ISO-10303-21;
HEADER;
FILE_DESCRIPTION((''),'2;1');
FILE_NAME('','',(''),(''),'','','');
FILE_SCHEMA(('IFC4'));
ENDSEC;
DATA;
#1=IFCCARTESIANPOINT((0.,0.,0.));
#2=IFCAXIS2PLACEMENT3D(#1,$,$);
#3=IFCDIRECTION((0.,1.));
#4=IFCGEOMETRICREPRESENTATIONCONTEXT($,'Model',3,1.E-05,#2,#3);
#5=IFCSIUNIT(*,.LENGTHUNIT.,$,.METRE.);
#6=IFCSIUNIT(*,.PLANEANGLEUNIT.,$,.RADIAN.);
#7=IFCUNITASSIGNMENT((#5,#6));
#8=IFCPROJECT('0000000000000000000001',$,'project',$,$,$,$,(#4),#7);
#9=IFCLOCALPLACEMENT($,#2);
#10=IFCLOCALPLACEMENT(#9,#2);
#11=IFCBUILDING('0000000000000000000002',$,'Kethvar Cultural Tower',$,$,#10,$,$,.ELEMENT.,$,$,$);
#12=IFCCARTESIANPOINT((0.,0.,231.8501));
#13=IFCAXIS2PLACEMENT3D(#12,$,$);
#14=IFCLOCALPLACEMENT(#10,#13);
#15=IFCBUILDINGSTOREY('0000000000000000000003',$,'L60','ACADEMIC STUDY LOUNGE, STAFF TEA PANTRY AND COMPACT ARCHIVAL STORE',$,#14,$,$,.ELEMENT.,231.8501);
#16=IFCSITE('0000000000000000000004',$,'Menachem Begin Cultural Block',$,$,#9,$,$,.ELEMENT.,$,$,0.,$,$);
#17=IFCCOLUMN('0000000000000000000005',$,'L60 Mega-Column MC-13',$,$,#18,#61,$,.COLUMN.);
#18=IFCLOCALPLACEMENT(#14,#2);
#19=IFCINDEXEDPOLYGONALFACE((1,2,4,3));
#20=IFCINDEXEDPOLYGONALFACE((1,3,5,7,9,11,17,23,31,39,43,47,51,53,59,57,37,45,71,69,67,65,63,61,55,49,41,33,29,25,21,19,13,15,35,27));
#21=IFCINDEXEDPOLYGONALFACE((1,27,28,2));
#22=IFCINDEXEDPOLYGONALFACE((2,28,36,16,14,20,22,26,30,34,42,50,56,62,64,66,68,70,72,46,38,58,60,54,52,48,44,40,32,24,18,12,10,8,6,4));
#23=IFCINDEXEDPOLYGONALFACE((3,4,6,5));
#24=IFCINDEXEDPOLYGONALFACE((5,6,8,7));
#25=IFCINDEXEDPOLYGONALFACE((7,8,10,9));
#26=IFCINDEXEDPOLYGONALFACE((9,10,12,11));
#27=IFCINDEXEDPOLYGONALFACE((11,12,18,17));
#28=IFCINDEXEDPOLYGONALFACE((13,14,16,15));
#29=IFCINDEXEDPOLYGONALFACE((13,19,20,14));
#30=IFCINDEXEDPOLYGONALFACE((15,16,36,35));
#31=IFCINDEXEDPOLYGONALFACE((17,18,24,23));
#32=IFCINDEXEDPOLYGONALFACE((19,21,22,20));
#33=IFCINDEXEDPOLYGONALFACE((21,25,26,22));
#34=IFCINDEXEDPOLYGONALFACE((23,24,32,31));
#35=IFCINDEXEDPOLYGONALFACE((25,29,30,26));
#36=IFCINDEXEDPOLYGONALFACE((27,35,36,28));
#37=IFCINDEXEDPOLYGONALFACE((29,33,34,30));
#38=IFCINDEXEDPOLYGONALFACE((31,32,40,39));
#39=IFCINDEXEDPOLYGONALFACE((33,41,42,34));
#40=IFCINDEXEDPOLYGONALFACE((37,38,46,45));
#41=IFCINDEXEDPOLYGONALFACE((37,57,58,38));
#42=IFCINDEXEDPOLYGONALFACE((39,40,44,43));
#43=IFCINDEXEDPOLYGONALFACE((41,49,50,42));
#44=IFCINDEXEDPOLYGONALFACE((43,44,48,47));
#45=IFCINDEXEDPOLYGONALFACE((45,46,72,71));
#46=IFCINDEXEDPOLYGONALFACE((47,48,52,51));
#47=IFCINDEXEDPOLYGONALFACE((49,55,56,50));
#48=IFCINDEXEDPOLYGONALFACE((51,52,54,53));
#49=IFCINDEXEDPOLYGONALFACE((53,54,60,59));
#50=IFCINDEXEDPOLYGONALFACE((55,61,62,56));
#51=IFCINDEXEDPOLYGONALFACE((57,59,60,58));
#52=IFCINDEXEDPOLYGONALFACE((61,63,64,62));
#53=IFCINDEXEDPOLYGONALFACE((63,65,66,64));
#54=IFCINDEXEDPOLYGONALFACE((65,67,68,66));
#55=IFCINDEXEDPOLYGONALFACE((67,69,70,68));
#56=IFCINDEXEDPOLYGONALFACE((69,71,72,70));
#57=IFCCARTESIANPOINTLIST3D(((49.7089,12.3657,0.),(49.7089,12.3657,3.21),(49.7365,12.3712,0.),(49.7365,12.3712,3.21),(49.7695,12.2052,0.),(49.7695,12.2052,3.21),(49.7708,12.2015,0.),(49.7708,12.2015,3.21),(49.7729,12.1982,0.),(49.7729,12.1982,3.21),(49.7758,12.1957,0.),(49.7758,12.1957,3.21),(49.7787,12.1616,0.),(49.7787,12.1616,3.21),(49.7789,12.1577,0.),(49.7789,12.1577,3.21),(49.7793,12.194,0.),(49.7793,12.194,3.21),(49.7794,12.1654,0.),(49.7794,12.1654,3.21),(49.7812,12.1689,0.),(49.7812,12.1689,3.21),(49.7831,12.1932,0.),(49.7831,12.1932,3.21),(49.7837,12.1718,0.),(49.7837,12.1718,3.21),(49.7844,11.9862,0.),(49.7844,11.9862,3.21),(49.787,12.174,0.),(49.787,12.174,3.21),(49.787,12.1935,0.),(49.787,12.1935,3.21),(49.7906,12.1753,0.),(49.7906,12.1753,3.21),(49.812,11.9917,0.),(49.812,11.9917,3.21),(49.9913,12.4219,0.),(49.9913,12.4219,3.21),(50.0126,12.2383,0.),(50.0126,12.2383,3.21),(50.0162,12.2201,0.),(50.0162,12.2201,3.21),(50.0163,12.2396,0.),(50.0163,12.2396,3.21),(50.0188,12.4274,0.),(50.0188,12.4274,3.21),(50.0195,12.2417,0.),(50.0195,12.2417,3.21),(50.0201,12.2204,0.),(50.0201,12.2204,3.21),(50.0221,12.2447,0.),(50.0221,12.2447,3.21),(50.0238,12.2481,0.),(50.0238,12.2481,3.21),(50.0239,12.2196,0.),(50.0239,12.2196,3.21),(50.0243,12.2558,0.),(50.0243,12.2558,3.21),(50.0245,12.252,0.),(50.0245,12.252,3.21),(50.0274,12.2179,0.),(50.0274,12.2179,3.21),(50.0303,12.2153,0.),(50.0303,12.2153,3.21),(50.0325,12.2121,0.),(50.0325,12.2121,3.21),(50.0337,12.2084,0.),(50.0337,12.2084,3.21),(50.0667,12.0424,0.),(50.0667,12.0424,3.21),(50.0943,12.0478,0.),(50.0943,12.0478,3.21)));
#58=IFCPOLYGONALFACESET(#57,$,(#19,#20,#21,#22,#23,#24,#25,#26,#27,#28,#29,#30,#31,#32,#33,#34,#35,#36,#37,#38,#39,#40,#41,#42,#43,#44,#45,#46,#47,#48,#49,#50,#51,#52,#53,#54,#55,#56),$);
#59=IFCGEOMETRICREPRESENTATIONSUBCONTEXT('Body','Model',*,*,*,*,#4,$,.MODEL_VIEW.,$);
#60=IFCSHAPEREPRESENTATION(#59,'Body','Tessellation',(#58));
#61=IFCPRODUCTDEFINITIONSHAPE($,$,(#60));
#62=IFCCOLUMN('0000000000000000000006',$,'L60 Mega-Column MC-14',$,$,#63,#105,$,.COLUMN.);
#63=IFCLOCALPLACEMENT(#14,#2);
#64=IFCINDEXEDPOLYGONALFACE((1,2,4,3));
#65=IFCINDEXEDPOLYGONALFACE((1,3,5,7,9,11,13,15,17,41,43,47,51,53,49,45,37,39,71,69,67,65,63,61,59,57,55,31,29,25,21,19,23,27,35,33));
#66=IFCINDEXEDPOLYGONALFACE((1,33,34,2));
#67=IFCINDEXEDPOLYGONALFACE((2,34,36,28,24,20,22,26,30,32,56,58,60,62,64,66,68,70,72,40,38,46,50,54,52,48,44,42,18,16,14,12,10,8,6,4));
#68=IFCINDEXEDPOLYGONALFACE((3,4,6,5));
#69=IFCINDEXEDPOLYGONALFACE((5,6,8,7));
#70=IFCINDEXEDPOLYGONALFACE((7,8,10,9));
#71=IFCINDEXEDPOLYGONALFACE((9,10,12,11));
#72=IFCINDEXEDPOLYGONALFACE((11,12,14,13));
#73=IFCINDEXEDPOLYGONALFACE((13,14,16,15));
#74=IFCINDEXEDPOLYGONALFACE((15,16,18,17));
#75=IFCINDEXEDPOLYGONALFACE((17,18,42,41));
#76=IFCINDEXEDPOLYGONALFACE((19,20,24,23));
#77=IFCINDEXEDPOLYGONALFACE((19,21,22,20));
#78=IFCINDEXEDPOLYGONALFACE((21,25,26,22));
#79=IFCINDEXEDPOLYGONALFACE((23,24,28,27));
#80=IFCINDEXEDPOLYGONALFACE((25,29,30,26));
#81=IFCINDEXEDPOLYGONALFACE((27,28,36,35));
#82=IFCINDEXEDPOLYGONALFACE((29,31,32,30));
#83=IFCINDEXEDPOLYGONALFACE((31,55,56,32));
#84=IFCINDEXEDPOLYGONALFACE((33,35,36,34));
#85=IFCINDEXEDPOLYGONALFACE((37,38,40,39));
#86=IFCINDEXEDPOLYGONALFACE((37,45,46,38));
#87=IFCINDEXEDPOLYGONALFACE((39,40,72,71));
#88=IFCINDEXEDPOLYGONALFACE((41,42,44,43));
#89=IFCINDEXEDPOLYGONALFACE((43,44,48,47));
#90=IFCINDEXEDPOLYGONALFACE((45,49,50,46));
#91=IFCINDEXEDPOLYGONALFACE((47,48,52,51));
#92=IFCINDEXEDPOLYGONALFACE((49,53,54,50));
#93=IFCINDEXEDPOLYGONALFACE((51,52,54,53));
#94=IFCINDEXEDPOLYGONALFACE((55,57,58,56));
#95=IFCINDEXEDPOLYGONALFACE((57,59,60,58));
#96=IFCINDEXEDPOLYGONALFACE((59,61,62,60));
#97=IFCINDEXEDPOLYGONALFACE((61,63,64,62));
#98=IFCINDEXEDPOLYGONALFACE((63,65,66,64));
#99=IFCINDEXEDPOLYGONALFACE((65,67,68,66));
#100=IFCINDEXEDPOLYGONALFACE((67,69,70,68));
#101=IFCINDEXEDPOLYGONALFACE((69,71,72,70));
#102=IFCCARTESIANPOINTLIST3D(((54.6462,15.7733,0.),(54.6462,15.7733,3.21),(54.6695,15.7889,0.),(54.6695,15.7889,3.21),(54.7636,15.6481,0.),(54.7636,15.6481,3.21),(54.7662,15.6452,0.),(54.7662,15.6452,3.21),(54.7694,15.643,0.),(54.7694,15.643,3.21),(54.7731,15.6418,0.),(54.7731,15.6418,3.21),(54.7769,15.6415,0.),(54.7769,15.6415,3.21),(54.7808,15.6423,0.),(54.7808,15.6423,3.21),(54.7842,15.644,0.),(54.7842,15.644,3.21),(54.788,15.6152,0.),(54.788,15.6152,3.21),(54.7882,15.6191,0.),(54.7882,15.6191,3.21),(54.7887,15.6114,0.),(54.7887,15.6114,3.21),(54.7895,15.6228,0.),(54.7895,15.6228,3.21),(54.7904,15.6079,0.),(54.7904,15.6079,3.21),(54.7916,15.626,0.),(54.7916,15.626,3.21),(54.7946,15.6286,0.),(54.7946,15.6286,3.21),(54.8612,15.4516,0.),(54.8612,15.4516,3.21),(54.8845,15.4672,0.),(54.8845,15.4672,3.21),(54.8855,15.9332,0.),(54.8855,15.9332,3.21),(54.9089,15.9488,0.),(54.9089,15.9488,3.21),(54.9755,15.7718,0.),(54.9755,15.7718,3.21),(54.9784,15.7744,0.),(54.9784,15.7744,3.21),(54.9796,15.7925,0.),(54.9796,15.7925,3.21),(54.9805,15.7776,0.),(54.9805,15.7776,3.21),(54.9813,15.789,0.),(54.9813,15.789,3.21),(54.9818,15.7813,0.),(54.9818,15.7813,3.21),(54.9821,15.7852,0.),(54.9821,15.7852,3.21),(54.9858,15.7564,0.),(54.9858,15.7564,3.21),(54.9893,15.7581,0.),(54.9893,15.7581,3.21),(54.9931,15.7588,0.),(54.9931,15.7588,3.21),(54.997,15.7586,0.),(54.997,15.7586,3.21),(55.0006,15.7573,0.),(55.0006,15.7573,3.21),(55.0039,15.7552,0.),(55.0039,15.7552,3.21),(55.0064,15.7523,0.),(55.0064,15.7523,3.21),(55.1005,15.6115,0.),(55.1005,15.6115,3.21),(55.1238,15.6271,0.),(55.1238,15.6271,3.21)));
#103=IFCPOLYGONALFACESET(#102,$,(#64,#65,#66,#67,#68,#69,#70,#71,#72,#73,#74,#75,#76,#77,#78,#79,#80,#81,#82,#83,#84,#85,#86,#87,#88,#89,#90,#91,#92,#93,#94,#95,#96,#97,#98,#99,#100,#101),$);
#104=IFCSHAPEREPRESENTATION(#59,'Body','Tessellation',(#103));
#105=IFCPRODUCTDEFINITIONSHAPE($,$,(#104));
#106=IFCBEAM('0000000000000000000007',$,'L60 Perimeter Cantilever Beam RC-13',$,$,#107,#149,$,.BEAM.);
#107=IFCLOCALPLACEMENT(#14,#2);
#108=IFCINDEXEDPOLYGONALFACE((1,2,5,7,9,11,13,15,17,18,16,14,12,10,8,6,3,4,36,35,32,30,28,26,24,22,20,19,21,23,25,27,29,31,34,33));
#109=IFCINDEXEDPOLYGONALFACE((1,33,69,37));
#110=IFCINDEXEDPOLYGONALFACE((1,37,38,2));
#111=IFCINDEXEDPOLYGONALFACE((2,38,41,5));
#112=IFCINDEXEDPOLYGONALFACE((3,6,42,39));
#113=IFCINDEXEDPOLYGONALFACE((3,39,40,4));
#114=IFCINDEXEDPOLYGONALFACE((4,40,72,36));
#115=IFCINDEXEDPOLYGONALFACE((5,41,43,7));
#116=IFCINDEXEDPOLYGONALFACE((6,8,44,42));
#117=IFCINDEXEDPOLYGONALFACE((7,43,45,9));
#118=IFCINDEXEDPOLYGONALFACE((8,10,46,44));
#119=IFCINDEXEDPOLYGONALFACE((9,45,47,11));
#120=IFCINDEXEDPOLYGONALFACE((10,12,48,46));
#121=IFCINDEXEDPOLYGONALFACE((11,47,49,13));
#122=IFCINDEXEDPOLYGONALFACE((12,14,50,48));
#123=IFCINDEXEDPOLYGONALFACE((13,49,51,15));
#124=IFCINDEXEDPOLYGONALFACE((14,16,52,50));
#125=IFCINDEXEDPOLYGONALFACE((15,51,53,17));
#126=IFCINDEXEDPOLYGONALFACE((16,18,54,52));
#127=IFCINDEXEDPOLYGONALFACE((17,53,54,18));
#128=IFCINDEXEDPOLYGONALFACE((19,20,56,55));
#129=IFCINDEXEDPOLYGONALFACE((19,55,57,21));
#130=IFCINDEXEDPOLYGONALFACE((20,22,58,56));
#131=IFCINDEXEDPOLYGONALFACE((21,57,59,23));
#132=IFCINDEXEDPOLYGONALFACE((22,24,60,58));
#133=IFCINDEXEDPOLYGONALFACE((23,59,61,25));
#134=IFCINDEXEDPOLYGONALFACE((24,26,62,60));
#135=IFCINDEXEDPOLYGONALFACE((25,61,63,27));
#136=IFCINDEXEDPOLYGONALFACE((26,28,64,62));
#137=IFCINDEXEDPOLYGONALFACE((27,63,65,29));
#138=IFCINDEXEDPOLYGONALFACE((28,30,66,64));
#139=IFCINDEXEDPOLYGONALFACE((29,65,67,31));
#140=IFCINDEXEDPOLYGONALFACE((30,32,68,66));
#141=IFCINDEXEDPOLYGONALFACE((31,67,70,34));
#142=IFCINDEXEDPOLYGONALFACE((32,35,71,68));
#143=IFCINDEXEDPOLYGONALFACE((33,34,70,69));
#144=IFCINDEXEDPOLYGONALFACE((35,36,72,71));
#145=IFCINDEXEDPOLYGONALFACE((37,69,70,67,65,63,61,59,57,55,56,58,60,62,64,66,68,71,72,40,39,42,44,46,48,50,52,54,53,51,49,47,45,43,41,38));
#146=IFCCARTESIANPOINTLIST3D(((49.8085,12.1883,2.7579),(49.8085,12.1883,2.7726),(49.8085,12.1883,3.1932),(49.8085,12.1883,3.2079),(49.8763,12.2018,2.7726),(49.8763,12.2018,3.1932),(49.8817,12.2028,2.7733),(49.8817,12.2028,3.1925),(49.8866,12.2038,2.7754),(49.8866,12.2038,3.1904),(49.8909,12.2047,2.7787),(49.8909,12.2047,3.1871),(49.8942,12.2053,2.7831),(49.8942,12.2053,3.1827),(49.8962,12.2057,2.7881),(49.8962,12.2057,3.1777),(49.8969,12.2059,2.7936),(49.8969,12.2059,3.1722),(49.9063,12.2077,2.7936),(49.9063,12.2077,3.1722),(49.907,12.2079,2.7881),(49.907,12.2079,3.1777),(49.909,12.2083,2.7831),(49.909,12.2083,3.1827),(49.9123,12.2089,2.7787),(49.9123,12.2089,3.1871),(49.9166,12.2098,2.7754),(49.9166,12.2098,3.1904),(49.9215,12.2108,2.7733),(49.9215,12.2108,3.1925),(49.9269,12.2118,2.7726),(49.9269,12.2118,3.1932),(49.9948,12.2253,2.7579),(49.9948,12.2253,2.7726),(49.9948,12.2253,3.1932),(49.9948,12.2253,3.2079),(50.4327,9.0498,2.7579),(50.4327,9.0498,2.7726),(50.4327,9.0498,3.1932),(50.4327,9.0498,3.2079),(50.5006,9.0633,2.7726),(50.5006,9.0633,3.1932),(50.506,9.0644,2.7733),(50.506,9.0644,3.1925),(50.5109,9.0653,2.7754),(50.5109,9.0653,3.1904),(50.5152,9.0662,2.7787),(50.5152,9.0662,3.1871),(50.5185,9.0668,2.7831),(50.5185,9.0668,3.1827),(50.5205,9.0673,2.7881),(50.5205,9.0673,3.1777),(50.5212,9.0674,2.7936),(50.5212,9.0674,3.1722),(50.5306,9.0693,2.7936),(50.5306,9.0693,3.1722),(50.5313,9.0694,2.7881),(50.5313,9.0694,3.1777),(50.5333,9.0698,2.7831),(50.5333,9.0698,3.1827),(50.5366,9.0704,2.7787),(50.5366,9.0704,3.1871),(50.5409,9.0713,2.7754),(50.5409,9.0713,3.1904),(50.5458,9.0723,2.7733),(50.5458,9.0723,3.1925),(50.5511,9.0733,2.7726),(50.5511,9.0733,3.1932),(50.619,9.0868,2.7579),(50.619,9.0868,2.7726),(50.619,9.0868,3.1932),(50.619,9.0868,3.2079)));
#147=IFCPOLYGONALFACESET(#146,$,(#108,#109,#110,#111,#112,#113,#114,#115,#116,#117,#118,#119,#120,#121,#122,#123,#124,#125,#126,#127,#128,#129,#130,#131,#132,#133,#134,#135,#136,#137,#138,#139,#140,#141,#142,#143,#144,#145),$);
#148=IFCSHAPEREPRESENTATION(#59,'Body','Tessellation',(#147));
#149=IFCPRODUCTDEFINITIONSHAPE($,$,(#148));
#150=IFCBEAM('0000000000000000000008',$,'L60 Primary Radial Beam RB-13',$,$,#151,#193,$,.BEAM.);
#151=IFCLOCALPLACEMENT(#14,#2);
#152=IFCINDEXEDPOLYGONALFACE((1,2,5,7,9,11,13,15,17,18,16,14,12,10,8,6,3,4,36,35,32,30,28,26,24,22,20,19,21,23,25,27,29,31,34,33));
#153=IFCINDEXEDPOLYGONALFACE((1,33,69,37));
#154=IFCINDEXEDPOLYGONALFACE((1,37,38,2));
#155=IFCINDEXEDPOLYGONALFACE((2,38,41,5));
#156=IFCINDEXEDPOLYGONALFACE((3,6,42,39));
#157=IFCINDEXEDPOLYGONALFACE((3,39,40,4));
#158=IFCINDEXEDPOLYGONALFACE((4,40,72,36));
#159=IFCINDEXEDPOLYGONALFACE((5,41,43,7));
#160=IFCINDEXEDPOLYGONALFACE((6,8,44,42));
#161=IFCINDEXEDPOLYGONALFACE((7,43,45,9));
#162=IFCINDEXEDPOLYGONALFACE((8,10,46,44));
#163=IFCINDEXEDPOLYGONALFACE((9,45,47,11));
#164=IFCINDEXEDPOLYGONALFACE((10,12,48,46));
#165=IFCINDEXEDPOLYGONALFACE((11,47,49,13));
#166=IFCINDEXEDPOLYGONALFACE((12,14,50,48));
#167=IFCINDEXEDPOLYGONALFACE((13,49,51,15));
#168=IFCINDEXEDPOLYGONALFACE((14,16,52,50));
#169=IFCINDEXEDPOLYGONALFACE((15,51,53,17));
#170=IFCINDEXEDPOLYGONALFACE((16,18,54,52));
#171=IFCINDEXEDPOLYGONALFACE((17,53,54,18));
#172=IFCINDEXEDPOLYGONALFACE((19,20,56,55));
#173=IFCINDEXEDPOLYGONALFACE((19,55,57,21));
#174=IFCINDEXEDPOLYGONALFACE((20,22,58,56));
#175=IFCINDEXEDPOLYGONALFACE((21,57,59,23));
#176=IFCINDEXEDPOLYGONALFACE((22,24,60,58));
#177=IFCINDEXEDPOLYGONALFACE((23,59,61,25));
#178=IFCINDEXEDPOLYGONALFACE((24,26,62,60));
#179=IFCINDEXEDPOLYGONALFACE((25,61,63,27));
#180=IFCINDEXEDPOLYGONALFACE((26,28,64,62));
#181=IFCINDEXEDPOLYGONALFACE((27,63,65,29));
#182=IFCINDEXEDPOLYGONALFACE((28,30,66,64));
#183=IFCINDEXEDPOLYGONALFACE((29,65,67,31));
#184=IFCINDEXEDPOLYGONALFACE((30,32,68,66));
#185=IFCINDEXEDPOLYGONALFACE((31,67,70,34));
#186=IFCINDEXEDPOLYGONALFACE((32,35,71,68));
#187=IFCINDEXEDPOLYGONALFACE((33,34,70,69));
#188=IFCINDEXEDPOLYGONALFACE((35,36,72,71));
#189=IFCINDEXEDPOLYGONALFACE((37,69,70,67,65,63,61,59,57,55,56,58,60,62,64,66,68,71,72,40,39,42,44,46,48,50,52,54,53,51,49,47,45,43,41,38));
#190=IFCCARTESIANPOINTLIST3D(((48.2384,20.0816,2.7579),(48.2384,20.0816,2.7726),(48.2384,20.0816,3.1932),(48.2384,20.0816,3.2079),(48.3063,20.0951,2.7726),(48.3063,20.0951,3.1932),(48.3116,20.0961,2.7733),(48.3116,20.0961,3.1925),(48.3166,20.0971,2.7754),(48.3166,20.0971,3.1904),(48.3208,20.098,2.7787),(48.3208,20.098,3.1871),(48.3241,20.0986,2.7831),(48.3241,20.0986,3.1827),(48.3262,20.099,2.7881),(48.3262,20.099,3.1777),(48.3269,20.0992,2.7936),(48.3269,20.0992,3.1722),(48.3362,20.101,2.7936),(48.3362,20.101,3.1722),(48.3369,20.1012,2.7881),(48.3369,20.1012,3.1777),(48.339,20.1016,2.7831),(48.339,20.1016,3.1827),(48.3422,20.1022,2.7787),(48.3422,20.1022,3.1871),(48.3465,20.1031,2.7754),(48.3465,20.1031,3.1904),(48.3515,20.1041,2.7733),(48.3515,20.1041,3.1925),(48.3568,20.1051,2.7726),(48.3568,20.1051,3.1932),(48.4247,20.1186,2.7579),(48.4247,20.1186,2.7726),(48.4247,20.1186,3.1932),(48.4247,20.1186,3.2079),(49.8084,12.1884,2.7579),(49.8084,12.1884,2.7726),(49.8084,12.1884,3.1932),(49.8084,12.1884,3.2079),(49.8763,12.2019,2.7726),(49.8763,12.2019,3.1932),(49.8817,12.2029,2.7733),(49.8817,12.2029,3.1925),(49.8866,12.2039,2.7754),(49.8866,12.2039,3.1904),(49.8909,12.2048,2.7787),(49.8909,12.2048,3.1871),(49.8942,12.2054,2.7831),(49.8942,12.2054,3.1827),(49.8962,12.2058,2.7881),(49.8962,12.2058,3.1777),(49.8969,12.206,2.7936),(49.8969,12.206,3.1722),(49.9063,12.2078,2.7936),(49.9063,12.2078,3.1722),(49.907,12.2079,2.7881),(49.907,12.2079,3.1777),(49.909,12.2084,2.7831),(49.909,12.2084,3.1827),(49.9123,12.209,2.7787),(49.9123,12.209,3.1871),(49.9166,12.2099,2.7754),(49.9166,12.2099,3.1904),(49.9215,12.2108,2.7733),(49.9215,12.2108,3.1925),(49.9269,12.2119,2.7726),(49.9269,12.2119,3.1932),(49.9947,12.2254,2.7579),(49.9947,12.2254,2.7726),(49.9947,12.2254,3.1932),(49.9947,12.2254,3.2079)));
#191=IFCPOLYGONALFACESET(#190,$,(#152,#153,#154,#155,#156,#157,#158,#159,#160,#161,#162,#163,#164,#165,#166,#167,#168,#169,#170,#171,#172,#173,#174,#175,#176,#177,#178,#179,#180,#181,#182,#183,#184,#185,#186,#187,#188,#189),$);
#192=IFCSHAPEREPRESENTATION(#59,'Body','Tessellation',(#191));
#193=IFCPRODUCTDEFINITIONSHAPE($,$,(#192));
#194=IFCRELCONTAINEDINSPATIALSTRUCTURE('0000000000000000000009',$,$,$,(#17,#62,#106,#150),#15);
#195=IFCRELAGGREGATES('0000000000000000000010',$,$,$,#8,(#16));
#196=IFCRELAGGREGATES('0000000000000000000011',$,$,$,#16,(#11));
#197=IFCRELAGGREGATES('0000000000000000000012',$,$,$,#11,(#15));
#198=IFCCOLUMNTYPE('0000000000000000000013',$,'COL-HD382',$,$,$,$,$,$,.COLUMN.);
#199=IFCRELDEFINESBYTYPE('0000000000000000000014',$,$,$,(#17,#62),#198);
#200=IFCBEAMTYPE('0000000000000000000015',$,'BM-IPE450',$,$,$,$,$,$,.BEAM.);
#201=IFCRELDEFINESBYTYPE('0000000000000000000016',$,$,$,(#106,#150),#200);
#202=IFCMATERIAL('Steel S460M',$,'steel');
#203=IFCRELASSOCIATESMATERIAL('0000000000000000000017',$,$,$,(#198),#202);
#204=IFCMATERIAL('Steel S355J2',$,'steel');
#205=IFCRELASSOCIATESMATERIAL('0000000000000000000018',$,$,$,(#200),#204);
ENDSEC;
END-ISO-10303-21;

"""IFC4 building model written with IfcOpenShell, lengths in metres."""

from ifc_helpers import new_model, si_unit, direction, frame, origin, origin_2d, place, context, subcontext, project, spatial, i_section, extrude, source, transform, mapped, material, material_profile, profile_set, type_object, element, save


model = new_model("IFC4")

# Units and contexts
model_context = context("Model", 3, precision=1e-05, world=origin(), true_north=direction((0.0, 1.0)))
body_context = subcontext(model_context, "Body", "Model", "MODEL_VIEW")
ifc_project = project(units=[si_unit("LENGTHUNIT", "METRE"), si_unit("PLANEANGLEUNIT", "RADIAN")], contexts=[model_context])

# Site, building, storey
site_placement = place(None, origin())
site = spatial("IfcSite", under=ifc_project, at=site_placement, Name="Menachem Begin Cultural Block", CompositionType="ELEMENT", RefElevation=0.0)
building_placement = place(site_placement, origin())
building = spatial("IfcBuilding", under=site, at=building_placement, Name="Kethvar Cultural Tower", CompositionType="ELEMENT")
storey_placement = place(building_placement, frame((0.0, 0.0, 231.8501)))
storey = spatial("IfcBuildingStorey", under=building, at=storey_placement, Name="L60", Description="ACADEMIC STUDY LOUNGE, STAFF TEA PANTRY AND COMPACT ARCHIVAL STORE", CompositionType="ELEMENT", Elevation=231.8501)

# Columns
ifc_material_1 = material(Name="Steel S460M", Category="steel")
ifc_material_profile_1 = material_profile(ifc_material_1, i_section(OverallWidth=0.387, OverallDepth=0.3159, WebThickness=0.0186, FlangeThickness=0.0281, FilletRadius=0.0149, at=origin_2d()), Name="Steel S460M — HD400x382")
ifc_profile_set_1 = profile_set([ifc_material_profile_1], Name="Steel S460M — HD400x382")
column_type = type_object("IfcColumnType", Name="COL-HD382", PredefinedType="COLUMN", material=ifc_profile_set_1)
shared_shape_1 = source(origin(), body_context, "Body", "SweptSolid", [
    extrude(i_section(OverallWidth=0.387, OverallDepth=0.3159, WebThickness=0.0186, FlangeThickness=0.0281, FilletRadius=0.0149, at=origin_2d()), origin(), (0.0, 0.0, 1.0), 3.21),
])
for number, where, z_axis, x_axis, name in (
    (1, (49.9016, 12.2068, 0.0), (0.0, 0.0, 1.0), (0.19509, -0.980785, 0.0), "L60 Mega-Column MC-13"),
    (2, (54.885, 15.7002, 0.0), (0.0, 0.0, 1.0), (0.55557, -0.83147, 0.0), "L60 Mega-Column MC-14"),
):
    element("IfcColumn", number, at=place(storey_placement, frame(where, z_axis=z_axis, x_axis=x_axis)), inside=storey, type_object=column_type, Name=name, PredefinedType="COLUMN", context=body_context, shape_type="MappedRepresentation", body=[
        mapped(shared_shape_1, transform((0.0, 0.0, 0.0), scale=1.0)),
    ])

# Beams
ifc_material_2 = material(Name="Steel S355J2", Category="steel")
ifc_material_profile_2 = material_profile(ifc_material_2, i_section(OverallWidth=0.1899, OverallDepth=0.45, WebThickness=0.0095, FlangeThickness=0.0146, FilletRadius=0.021, at=origin_2d()), Name="Steel S355J2 — IPE450")
ifc_profile_set_2 = profile_set([ifc_material_profile_2], Name="Steel S355J2 — IPE450")
beam_type_1 = type_object("IfcBeamType", Name="BM-IPE450", PredefinedType="BEAM", material=ifc_profile_set_2)
shared_shape_2 = source(origin(), body_context, "Body", "SweptSolid", [
    extrude(i_section(OverallWidth=0.1899, OverallDepth=0.45, WebThickness=0.0095, FlangeThickness=0.0146, FilletRadius=0.021, at=origin_2d()), origin(), (0.0, 0.0, 1.0), 3.2),
])
beam_1_placement = place(storey_placement, frame((49.9016, 12.2068, 2.9829), z_axis=(0.195089, -0.980786, 0.0), x_axis=(0.980786, 0.195089, 0.0)))
element("IfcBeam", 3, at=beam_1_placement, inside=storey, type_object=beam_type_1, Name="L60 Perimeter Cantilever Beam RC-13", PredefinedType="BEAM", context=body_context, shape_type="MappedRepresentation", body=[
    mapped(shared_shape_2, transform((0.0, 0.0, 0.0), scale=1.0)),
])
shared_shape_3 = source(origin(), body_context, "Body", "SweptSolid", [
    extrude(i_section(OverallWidth=0.1899, OverallDepth=0.45, WebThickness=0.0095, FlangeThickness=0.0146, FilletRadius=0.021, at=origin_2d()), origin(), (0.0, 0.0, 1.0), 8.0479),
])
beam_2_placement = place(storey_placement, frame((48.3315, 20.1001, 2.9829), z_axis=(0.195089, -0.980785, 0.0), x_axis=(0.980785, 0.195089, 0.0)))
element("IfcBeam", 4, at=beam_2_placement, inside=storey, type_object=beam_type_1, Name="L60 Primary Radial Beam RB-13", PredefinedType="BEAM", context=body_context, shape_type="MappedRepresentation", body=[
    mapped(shared_shape_3, transform((0.0, 0.0, 0.0), scale=1.0)),
])

save(model, "model.ifc")
